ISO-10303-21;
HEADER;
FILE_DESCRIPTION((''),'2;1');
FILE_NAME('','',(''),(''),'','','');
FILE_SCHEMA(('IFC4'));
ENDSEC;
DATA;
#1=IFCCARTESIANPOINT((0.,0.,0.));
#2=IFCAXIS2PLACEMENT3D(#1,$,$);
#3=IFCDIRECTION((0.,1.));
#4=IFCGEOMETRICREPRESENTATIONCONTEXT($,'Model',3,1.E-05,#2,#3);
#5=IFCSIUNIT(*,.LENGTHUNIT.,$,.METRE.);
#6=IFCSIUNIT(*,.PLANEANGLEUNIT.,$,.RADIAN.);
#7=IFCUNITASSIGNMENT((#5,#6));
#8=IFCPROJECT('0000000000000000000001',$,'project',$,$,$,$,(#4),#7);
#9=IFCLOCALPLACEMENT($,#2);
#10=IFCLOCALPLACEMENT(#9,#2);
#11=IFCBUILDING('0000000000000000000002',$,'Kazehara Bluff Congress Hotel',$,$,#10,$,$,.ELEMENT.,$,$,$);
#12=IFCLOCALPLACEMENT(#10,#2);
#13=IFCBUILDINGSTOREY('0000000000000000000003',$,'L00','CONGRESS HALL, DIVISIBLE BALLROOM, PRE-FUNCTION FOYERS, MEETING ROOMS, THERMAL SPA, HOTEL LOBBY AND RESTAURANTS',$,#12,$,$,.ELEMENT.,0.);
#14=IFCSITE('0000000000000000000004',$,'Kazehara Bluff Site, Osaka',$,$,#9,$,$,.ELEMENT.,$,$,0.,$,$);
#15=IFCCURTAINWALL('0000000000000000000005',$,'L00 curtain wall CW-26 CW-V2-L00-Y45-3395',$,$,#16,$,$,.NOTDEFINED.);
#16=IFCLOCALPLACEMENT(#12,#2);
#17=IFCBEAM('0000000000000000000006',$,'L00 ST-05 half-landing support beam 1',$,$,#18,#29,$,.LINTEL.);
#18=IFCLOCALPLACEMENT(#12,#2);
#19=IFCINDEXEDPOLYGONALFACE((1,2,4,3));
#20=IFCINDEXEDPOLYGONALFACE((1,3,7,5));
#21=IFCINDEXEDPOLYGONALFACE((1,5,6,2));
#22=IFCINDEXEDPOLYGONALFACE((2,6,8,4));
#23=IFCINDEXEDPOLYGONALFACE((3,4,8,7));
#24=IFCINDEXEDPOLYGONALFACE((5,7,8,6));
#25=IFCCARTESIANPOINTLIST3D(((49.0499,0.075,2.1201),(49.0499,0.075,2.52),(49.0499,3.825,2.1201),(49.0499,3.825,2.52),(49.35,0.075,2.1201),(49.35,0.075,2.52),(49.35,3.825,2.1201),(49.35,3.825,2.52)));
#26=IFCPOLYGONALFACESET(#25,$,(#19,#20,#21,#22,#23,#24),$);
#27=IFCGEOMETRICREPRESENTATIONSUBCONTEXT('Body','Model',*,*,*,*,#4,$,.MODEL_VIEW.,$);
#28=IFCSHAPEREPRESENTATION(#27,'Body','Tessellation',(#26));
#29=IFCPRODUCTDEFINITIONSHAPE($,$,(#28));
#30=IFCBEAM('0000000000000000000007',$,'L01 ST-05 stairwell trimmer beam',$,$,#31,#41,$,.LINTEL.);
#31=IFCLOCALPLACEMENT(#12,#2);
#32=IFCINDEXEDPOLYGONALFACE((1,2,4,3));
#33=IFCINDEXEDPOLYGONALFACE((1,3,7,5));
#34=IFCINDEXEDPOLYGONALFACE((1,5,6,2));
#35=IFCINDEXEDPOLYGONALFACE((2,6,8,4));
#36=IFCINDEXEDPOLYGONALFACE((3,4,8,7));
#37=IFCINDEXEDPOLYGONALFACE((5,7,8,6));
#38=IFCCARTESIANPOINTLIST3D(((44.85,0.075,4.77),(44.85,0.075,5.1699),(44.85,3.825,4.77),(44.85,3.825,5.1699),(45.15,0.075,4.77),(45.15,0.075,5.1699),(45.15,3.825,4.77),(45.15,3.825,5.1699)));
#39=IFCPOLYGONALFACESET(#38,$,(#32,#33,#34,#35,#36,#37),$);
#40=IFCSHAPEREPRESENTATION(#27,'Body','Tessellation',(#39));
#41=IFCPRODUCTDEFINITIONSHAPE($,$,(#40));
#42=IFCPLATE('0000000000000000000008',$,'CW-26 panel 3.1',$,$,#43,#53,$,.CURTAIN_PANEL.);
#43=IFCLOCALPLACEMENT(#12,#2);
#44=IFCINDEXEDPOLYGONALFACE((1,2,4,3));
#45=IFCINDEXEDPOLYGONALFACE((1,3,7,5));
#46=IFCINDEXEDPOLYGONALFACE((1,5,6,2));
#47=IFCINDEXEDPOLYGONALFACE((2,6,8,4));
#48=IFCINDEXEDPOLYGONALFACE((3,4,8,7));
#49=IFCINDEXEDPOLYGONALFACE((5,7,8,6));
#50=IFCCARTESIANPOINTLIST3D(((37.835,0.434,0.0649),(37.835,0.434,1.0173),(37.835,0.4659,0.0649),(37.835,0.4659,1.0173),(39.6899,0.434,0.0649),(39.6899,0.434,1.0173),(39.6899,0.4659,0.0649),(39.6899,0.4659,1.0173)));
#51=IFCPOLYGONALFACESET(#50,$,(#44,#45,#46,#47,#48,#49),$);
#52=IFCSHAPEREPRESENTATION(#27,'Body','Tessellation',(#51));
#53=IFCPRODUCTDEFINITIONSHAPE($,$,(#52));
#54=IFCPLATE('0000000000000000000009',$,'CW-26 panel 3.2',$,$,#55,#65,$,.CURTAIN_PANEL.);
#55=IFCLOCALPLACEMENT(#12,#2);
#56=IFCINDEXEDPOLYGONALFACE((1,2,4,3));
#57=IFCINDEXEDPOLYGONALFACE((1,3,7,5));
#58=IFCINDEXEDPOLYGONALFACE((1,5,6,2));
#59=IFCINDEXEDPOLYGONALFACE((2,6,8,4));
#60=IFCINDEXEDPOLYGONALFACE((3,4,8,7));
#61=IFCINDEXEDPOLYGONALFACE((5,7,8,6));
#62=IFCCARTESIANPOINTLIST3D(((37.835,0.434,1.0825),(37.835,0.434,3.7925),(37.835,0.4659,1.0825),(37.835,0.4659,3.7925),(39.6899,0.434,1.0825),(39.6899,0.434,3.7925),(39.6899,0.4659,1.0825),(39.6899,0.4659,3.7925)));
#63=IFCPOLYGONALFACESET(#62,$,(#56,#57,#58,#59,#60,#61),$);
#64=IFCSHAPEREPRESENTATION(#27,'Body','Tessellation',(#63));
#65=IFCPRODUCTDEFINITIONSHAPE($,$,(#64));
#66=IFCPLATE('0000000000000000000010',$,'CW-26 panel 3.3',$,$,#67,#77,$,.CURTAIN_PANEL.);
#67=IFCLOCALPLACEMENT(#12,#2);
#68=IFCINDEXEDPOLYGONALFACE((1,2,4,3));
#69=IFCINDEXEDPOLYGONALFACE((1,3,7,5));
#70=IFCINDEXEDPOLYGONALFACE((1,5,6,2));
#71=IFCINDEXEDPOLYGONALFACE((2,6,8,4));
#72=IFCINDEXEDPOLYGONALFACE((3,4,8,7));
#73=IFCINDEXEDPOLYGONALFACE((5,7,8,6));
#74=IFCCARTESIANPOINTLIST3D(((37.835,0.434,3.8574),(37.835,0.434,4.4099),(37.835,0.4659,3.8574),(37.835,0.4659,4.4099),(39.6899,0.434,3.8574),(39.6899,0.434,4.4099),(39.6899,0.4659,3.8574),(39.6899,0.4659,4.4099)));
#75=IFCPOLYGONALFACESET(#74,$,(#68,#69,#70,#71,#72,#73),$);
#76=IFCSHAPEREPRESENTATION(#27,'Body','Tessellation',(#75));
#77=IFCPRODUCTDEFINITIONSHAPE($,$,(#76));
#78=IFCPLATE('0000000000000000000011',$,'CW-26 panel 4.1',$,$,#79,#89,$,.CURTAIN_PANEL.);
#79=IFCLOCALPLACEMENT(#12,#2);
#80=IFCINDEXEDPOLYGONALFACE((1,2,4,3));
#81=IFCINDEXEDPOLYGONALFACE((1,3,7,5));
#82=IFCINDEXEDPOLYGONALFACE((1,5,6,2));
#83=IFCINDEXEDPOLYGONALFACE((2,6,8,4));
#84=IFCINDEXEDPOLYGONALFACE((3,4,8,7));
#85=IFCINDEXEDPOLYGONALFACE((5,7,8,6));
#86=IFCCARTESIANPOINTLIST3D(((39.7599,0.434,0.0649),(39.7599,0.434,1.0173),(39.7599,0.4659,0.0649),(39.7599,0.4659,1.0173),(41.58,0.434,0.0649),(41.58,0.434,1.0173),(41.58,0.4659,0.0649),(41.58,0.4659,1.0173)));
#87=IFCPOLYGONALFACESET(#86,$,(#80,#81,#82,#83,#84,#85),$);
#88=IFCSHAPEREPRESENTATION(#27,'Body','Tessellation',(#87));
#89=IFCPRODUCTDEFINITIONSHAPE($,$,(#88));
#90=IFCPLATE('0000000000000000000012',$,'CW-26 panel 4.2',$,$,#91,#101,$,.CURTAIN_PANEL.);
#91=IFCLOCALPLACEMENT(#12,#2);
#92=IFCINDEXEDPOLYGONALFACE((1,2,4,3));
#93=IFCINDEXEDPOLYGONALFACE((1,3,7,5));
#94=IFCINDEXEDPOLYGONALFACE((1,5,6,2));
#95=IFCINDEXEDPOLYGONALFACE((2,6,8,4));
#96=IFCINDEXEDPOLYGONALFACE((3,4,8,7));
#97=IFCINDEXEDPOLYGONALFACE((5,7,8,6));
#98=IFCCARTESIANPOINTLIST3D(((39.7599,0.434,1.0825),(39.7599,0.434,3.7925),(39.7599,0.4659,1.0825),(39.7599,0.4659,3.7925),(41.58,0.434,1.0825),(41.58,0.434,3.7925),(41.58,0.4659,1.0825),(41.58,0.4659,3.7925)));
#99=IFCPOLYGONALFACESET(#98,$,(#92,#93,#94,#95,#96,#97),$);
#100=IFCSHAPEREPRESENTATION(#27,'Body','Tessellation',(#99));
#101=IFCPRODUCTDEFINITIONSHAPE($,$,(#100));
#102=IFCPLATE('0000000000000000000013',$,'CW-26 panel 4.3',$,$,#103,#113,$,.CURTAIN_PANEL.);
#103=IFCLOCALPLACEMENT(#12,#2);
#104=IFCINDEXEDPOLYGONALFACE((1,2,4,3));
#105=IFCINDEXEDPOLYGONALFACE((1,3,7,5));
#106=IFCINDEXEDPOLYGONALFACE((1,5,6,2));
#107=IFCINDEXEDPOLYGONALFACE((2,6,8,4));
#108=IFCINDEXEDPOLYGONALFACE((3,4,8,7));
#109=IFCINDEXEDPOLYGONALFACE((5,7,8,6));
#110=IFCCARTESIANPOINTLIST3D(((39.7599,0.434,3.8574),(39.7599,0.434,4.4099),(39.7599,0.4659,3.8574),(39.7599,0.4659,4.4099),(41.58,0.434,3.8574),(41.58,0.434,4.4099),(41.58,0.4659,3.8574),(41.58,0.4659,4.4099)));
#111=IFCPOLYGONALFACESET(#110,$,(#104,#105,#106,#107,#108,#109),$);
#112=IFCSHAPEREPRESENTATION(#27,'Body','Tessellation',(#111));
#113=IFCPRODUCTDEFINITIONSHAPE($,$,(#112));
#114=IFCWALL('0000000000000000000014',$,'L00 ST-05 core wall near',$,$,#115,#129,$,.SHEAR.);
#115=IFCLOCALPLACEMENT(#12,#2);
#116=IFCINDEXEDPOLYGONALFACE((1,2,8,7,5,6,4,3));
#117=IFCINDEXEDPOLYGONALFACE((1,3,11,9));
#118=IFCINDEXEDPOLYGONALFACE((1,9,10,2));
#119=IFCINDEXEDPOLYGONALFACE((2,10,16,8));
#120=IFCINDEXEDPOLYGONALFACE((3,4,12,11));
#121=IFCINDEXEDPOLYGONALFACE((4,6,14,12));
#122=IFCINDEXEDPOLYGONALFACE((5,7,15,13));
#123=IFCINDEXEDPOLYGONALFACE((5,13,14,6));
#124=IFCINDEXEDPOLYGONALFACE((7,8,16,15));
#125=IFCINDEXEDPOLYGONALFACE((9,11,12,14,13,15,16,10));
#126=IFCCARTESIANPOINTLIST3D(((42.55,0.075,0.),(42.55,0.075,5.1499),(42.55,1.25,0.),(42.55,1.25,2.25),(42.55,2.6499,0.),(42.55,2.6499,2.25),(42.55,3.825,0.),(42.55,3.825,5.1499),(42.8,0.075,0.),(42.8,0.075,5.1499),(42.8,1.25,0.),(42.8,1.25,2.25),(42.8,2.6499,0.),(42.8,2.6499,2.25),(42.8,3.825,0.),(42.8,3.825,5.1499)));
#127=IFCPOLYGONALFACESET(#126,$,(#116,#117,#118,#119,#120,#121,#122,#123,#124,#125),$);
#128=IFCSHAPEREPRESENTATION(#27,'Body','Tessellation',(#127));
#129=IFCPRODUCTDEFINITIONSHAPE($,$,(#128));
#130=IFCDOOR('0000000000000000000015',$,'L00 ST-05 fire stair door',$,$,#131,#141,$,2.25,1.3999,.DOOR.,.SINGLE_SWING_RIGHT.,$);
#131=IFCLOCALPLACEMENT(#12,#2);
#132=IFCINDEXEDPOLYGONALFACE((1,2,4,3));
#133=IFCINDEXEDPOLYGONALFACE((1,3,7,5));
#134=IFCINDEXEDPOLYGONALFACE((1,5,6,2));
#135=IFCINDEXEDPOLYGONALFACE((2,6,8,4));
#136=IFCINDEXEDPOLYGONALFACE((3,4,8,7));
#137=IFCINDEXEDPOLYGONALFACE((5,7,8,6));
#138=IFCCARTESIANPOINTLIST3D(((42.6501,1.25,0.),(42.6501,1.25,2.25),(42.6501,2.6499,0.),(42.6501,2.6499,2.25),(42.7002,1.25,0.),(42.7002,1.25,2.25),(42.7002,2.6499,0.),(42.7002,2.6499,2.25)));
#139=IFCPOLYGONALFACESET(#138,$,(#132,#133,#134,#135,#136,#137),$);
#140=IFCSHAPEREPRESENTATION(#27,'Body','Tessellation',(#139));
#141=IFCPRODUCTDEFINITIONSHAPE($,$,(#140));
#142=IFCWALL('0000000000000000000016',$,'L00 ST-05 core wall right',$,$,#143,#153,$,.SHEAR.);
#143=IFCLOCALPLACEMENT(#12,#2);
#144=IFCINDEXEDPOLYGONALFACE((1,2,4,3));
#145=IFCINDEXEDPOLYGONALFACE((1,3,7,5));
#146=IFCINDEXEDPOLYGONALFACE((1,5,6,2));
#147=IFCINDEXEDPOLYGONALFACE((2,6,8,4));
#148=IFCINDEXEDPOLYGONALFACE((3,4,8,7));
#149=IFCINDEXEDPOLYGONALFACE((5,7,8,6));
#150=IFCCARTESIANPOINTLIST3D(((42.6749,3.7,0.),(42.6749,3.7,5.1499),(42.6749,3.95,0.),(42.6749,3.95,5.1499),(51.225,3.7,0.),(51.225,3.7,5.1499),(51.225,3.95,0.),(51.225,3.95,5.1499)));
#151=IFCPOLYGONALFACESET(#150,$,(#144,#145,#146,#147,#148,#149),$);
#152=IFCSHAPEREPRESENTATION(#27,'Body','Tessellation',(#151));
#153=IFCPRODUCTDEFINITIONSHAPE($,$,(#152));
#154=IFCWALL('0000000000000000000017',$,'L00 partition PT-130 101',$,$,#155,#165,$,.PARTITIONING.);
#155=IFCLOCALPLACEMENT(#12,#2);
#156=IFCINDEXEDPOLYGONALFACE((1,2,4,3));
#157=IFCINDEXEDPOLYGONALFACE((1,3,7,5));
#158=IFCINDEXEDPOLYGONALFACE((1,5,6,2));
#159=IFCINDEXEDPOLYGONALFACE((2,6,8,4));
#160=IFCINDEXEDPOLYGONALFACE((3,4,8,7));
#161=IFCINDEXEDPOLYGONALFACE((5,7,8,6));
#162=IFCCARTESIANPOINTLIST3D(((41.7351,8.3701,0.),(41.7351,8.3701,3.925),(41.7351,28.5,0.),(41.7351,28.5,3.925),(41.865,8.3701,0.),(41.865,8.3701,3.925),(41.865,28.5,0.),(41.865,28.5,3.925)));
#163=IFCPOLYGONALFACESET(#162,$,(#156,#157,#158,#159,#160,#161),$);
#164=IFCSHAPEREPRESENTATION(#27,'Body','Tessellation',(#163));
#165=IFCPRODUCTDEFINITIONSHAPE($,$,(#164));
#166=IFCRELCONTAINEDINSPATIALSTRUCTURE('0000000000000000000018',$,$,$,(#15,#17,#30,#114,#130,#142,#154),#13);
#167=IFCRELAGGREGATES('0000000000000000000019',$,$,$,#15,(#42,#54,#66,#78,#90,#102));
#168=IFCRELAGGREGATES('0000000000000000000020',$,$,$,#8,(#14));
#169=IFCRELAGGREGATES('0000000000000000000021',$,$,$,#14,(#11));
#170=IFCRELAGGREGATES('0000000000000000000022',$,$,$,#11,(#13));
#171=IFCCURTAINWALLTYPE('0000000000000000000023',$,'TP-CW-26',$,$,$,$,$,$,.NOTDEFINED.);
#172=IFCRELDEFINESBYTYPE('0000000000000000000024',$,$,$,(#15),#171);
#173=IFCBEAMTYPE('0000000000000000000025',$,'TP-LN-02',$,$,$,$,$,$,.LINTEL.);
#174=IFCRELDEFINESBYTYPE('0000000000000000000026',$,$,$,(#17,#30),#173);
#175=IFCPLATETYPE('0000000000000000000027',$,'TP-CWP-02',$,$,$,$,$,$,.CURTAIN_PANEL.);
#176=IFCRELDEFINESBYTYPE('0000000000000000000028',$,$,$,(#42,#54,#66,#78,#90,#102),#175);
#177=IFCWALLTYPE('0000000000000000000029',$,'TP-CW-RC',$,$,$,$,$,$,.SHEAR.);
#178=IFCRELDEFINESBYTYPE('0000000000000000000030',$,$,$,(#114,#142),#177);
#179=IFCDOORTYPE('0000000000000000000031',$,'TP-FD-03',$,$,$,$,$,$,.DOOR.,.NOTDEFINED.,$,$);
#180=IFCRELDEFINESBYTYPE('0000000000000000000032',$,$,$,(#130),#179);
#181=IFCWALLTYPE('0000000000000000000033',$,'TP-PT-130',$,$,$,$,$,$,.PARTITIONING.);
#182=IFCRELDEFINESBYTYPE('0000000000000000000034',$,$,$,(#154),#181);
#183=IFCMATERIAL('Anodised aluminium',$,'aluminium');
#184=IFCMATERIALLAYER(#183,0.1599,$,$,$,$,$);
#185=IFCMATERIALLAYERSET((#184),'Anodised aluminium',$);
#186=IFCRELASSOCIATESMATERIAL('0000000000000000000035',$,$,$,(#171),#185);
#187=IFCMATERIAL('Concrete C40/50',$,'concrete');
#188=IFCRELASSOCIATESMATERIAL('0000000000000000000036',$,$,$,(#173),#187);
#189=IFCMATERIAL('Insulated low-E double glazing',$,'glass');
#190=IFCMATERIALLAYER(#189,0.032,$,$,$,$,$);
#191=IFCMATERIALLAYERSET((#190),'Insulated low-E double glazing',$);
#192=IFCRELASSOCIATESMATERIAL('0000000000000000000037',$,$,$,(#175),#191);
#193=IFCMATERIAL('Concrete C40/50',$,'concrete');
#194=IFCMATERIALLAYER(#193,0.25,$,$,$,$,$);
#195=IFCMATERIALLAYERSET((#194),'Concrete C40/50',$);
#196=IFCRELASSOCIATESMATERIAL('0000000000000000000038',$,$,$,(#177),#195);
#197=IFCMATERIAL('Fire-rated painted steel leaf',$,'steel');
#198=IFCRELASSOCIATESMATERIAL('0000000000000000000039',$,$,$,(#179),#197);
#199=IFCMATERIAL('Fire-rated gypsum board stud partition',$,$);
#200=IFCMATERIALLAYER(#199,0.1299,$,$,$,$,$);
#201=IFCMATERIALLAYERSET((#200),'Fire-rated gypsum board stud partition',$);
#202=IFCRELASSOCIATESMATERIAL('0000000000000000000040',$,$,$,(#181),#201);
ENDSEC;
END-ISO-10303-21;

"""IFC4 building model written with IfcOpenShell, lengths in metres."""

from ifc_helpers import new_model, si_unit, direction, frame, frame_2d, origin, origin_2d, place, context, subcontext, project, spatial, rectangle, extrude, material, layer, layer_set, material_profile, profile_set, type_object, element, fill, aggregate, save


model = new_model("IFC4")

# Units and contexts
model_context = context("Model", 3, precision=1e-05, world=origin(), true_north=direction((0.0, 1.0)))
body_context = subcontext(model_context, "Body", "Model", "MODEL_VIEW")
ifc_project = project(units=[si_unit("LENGTHUNIT", "METRE"), si_unit("PLANEANGLEUNIT", "RADIAN")], contexts=[model_context])

# Site, building, storey
site_placement = place(None, origin())
site = spatial("IfcSite", under=ifc_project, at=site_placement, Name="Kazehara Bluff Site, Osaka", CompositionType="ELEMENT", RefElevation=0.0)
building_placement = place(site_placement, origin())
building = spatial("IfcBuilding", under=site, at=building_placement, Name="Kazehara Bluff Congress Hotel", CompositionType="ELEMENT")
storey_placement = place(building_placement, origin())
storey = spatial("IfcBuildingStorey", under=building, at=storey_placement, Name="L00", Description="CONGRESS HALL, DIVISIBLE BALLROOM, PRE-FUNCTION FOYERS, MEETING ROOMS, THERMAL SPA, HOTEL LOBBY AND RESTAURANTS", CompositionType="ELEMENT", Elevation=0.0)

# Curtain wall
ifc_material_1 = material(Name="Anodised aluminium", Category="aluminium")
ifc_layer_1 = layer(ifc_material_1, 0.1599)
ifc_layer_set_1 = layer_set([ifc_layer_1], Name="Anodised aluminium")
curtain_wall_type = type_object("IfcCurtainWallType", Name="TP-CW-26", PredefinedType="NOTDEFINED", material=ifc_layer_set_1)
curtain_wall_placement = place(storey_placement, origin())
curtain_wall = element("IfcCurtainWall", 1, at=curtain_wall_placement, inside=storey, type_object=curtain_wall_type, Name="L00 curtain wall CW-26 CW-V2-L00-Y45-3395", PredefinedType="NOTDEFINED")

# Beams
ifc_material_2 = material(Name="Concrete C40/50", Category="concrete")
ifc_material_profile_1 = material_profile(ifc_material_2, rectangle(XDim=0.3, YDim=0.3999, at=origin_2d()))
ifc_profile_set_1 = profile_set([ifc_material_profile_1], Name="Concrete C40/50")
beam_type_1 = type_object("IfcBeamType", Name="TP-LN-02", PredefinedType="LINTEL", material=ifc_profile_set_1)
for number, where, z_axis, x_axis, name in (
    (2, (49.2, 0.075, 2.3201), (0.0, 1.0, 0.0), (-1.0, 0.0, 0.0), "L00 ST-05 half-landing support beam 1"),
    (3, (45.0, 0.075, 4.97), (0.0, 1.0, 0.0), (-1.0, 0.0, 0.0), "L01 ST-05 stairwell trimmer beam"),
):
    element("IfcBeam", number, at=place(storey_placement, frame(where, z_axis=z_axis, x_axis=x_axis)), inside=storey, type_object=beam_type_1, Name=name, PredefinedType="LINTEL", context=body_context, shape_type="SweptSolid", body=[
        extrude(rectangle(XDim=0.3, YDim=0.3999, at=origin_2d()), origin(), (0.0, 0.0, 1.0), 3.75),
    ])

# Plates
ifc_material_3 = material(Name="Insulated low-E double glazing", Category="glass")
ifc_layer_2 = layer(ifc_material_3, 0.032)
ifc_layer_set_2 = layer_set([ifc_layer_2], Name="Insulated low-E double glazing")
plate_type = type_object("IfcPlateType", Name="TP-CWP-02", PredefinedType="CURTAIN_PANEL", material=ifc_layer_set_2)
plate_1_placement = place(storey_placement, frame((38.7625, 0.45, 0.0649), z_axis=(0.0, 0.0, 1.0), x_axis=(1.0, 0.0, 0.0)))
plate_1 = element("IfcPlate", 4, at=plate_1_placement, type_object=plate_type, Name="CW-26 panel 3.1", PredefinedType="CURTAIN_PANEL", context=body_context, shape_type="SweptSolid", body=[
    extrude(rectangle(XDim=1.855, YDim=0.032, at=origin_2d()), origin(), (0.0, 0.0, 1.0), 0.9524),
])
plate_2_placement = place(storey_placement, frame((38.7625, 0.45, 1.0825), z_axis=(0.0, 0.0, 1.0), x_axis=(1.0, 0.0, 0.0)))
plate_2 = element("IfcPlate", 5, at=plate_2_placement, type_object=plate_type, Name="CW-26 panel 3.2", PredefinedType="CURTAIN_PANEL", context=body_context, shape_type="SweptSolid", body=[
    extrude(rectangle(XDim=1.855, YDim=0.032, at=origin_2d()), origin(), (0.0, 0.0, 1.0), 2.71),
])
plate_3_placement = place(storey_placement, frame((38.7625, 0.45, 3.8574), z_axis=(0.0, 0.0, 1.0), x_axis=(1.0, 0.0, 0.0)))
plate_3 = element("IfcPlate", 6, at=plate_3_placement, type_object=plate_type, Name="CW-26 panel 3.3", PredefinedType="CURTAIN_PANEL", context=body_context, shape_type="SweptSolid", body=[
    extrude(rectangle(XDim=1.855, YDim=0.032, at=origin_2d()), origin(), (0.0, 0.0, 1.0), 0.5525),
])
plate_4_placement = place(storey_placement, frame((40.6699, 0.45, 0.0649), z_axis=(0.0, 0.0, 1.0), x_axis=(1.0, 0.0, 0.0)))
plate_4 = element("IfcPlate", 7, at=plate_4_placement, type_object=plate_type, Name="CW-26 panel 4.1", PredefinedType="CURTAIN_PANEL", context=body_context, shape_type="SweptSolid", body=[
    extrude(rectangle(XDim=1.8201, YDim=0.032, at=origin_2d()), origin(), (0.0, 0.0, 1.0), 0.9524),
])
plate_5_placement = place(storey_placement, frame((40.6699, 0.45, 1.0825), z_axis=(0.0, 0.0, 1.0), x_axis=(1.0, 0.0, 0.0)))
plate_5 = element("IfcPlate", 8, at=plate_5_placement, type_object=plate_type, Name="CW-26 panel 4.2", PredefinedType="CURTAIN_PANEL", context=body_context, shape_type="SweptSolid", body=[
    extrude(rectangle(XDim=1.8201, YDim=0.032, at=origin_2d()), origin(), (0.0, 0.0, 1.0), 2.71),
])
plate_6_placement = place(storey_placement, frame((40.6699, 0.45, 3.8574), z_axis=(0.0, 0.0, 1.0), x_axis=(1.0, 0.0, 0.0)))
plate_6 = element("IfcPlate", 9, at=plate_6_placement, type_object=plate_type, Name="CW-26 panel 4.3", PredefinedType="CURTAIN_PANEL", context=body_context, shape_type="SweptSolid", body=[
    extrude(rectangle(XDim=1.8201, YDim=0.032, at=origin_2d()), origin(), (0.0, 0.0, 1.0), 0.5525),
])
aggregate(curtain_wall, [plate_1, plate_2, plate_3, plate_4, plate_5, plate_6])

# Wall, opening, door
ifc_material_4 = material(Name="Concrete C40/50", Category="concrete")
ifc_layer_3 = layer(ifc_material_4, 0.25)
ifc_layer_set_3 = layer_set([ifc_layer_3], Name="Concrete C40/50")
wall_type_1 = type_object("IfcWallType", Name="TP-CW-RC", PredefinedType="SHEAR", material=ifc_layer_set_3)
wall_1_placement = place(storey_placement, frame((42.675, 0.075, 0.0), z_axis=(0.0, 0.0, 1.0), x_axis=(0.0, 1.0, 0.0)))
wall_1 = element("IfcWall", 10, at=wall_1_placement, inside=storey, type_object=wall_type_1, Name="L00 ST-05 core wall near", PredefinedType="SHEAR", context=body_context, shape_type="SweptSolid", body=[
    extrude(rectangle(XDim=3.75, YDim=0.25, at=frame_2d((1.875, 0.0))), origin(), (0.0, 0.0, 1.0), 5.1499),
])
opening_placement = place(wall_1_placement, frame((1.175, 0.0, 0.0)))
opening = element("IfcOpeningElement", 11, at=opening_placement, cuts=wall_1, PredefinedType="OPENING", context=body_context, shape_type="SweptSolid", body=[
    extrude(rectangle(XDim=1.3999, YDim=2.25, at=frame_2d((0.7, 1.125))), frame((0.0, 0.135, 0.0), z_axis=(0.0, -1.0, 0.0), x_axis=(1.0, 0.0, 0.0)), (0.0, 0.0, 1.0), 0.27),
])
ifc_material_5 = material(Name="Fire-rated painted steel leaf", Category="steel")
door_type = type_object("IfcDoorType", Name="TP-FD-03", OperationType="NOTDEFINED", PredefinedType="DOOR", material=ifc_material_5)
door_placement = place(opening_placement, origin())
door = element("IfcDoor", 12, at=door_placement, inside=storey, type_object=door_type, Name="L00 ST-05 fire stair door", OperationType="SINGLE_SWING_RIGHT", OverallHeight=2.25, OverallWidth=1.3999, PredefinedType="DOOR", context=body_context, shape_type="SweptSolid", body=[
    extrude(rectangle(XDim=1.3999, YDim=2.25, at=frame_2d((0.7, 1.125))), frame((0.0, 0.0249, 0.0), z_axis=(0.0, -1.0, 0.0), x_axis=(1.0, 0.0, 0.0)), (0.0, 0.0, 1.0), 0.05),
])
fill(opening, door)

# Walls
wall_2_placement = place(storey_placement, frame((42.675, 3.825, 0.0), z_axis=(0.0, 0.0, 1.0), x_axis=(1.0, 0.0, 0.0)))
element("IfcWall", 13, at=wall_2_placement, inside=storey, type_object=wall_type_1, Name="L00 ST-05 core wall right", PredefinedType="SHEAR", context=body_context, shape_type="SweptSolid", body=[
    extrude(rectangle(XDim=8.55, YDim=0.25, at=frame_2d((4.2749, 0.0))), origin(), (0.0, 0.0, 1.0), 5.1499),
])
ifc_material_6 = material(Name="Fire-rated gypsum board stud partition")
ifc_layer_4 = layer(ifc_material_6, 0.1299)
ifc_layer_set_4 = layer_set([ifc_layer_4], Name="Fire-rated gypsum board stud partition")
wall_type_2 = type_object("IfcWallType", Name="TP-PT-130", PredefinedType="PARTITIONING", material=ifc_layer_set_4)
wall_3_placement = place(storey_placement, frame((41.8, 8.3701, 0.0), z_axis=(0.0, 0.0, 1.0), x_axis=(0.0, 1.0, 0.0)))
element("IfcWall", 14, at=wall_3_placement, inside=storey, type_object=wall_type_2, Name="L00 partition PT-130 101", PredefinedType="PARTITIONING", context=body_context, shape_type="SweptSolid", body=[
    extrude(rectangle(XDim=20.1299, YDim=0.1299, at=frame_2d((10.0649, 0.0))), origin(), (0.0, 0.0, 1.0), 3.925),
])

save(model, "model.ifc")
